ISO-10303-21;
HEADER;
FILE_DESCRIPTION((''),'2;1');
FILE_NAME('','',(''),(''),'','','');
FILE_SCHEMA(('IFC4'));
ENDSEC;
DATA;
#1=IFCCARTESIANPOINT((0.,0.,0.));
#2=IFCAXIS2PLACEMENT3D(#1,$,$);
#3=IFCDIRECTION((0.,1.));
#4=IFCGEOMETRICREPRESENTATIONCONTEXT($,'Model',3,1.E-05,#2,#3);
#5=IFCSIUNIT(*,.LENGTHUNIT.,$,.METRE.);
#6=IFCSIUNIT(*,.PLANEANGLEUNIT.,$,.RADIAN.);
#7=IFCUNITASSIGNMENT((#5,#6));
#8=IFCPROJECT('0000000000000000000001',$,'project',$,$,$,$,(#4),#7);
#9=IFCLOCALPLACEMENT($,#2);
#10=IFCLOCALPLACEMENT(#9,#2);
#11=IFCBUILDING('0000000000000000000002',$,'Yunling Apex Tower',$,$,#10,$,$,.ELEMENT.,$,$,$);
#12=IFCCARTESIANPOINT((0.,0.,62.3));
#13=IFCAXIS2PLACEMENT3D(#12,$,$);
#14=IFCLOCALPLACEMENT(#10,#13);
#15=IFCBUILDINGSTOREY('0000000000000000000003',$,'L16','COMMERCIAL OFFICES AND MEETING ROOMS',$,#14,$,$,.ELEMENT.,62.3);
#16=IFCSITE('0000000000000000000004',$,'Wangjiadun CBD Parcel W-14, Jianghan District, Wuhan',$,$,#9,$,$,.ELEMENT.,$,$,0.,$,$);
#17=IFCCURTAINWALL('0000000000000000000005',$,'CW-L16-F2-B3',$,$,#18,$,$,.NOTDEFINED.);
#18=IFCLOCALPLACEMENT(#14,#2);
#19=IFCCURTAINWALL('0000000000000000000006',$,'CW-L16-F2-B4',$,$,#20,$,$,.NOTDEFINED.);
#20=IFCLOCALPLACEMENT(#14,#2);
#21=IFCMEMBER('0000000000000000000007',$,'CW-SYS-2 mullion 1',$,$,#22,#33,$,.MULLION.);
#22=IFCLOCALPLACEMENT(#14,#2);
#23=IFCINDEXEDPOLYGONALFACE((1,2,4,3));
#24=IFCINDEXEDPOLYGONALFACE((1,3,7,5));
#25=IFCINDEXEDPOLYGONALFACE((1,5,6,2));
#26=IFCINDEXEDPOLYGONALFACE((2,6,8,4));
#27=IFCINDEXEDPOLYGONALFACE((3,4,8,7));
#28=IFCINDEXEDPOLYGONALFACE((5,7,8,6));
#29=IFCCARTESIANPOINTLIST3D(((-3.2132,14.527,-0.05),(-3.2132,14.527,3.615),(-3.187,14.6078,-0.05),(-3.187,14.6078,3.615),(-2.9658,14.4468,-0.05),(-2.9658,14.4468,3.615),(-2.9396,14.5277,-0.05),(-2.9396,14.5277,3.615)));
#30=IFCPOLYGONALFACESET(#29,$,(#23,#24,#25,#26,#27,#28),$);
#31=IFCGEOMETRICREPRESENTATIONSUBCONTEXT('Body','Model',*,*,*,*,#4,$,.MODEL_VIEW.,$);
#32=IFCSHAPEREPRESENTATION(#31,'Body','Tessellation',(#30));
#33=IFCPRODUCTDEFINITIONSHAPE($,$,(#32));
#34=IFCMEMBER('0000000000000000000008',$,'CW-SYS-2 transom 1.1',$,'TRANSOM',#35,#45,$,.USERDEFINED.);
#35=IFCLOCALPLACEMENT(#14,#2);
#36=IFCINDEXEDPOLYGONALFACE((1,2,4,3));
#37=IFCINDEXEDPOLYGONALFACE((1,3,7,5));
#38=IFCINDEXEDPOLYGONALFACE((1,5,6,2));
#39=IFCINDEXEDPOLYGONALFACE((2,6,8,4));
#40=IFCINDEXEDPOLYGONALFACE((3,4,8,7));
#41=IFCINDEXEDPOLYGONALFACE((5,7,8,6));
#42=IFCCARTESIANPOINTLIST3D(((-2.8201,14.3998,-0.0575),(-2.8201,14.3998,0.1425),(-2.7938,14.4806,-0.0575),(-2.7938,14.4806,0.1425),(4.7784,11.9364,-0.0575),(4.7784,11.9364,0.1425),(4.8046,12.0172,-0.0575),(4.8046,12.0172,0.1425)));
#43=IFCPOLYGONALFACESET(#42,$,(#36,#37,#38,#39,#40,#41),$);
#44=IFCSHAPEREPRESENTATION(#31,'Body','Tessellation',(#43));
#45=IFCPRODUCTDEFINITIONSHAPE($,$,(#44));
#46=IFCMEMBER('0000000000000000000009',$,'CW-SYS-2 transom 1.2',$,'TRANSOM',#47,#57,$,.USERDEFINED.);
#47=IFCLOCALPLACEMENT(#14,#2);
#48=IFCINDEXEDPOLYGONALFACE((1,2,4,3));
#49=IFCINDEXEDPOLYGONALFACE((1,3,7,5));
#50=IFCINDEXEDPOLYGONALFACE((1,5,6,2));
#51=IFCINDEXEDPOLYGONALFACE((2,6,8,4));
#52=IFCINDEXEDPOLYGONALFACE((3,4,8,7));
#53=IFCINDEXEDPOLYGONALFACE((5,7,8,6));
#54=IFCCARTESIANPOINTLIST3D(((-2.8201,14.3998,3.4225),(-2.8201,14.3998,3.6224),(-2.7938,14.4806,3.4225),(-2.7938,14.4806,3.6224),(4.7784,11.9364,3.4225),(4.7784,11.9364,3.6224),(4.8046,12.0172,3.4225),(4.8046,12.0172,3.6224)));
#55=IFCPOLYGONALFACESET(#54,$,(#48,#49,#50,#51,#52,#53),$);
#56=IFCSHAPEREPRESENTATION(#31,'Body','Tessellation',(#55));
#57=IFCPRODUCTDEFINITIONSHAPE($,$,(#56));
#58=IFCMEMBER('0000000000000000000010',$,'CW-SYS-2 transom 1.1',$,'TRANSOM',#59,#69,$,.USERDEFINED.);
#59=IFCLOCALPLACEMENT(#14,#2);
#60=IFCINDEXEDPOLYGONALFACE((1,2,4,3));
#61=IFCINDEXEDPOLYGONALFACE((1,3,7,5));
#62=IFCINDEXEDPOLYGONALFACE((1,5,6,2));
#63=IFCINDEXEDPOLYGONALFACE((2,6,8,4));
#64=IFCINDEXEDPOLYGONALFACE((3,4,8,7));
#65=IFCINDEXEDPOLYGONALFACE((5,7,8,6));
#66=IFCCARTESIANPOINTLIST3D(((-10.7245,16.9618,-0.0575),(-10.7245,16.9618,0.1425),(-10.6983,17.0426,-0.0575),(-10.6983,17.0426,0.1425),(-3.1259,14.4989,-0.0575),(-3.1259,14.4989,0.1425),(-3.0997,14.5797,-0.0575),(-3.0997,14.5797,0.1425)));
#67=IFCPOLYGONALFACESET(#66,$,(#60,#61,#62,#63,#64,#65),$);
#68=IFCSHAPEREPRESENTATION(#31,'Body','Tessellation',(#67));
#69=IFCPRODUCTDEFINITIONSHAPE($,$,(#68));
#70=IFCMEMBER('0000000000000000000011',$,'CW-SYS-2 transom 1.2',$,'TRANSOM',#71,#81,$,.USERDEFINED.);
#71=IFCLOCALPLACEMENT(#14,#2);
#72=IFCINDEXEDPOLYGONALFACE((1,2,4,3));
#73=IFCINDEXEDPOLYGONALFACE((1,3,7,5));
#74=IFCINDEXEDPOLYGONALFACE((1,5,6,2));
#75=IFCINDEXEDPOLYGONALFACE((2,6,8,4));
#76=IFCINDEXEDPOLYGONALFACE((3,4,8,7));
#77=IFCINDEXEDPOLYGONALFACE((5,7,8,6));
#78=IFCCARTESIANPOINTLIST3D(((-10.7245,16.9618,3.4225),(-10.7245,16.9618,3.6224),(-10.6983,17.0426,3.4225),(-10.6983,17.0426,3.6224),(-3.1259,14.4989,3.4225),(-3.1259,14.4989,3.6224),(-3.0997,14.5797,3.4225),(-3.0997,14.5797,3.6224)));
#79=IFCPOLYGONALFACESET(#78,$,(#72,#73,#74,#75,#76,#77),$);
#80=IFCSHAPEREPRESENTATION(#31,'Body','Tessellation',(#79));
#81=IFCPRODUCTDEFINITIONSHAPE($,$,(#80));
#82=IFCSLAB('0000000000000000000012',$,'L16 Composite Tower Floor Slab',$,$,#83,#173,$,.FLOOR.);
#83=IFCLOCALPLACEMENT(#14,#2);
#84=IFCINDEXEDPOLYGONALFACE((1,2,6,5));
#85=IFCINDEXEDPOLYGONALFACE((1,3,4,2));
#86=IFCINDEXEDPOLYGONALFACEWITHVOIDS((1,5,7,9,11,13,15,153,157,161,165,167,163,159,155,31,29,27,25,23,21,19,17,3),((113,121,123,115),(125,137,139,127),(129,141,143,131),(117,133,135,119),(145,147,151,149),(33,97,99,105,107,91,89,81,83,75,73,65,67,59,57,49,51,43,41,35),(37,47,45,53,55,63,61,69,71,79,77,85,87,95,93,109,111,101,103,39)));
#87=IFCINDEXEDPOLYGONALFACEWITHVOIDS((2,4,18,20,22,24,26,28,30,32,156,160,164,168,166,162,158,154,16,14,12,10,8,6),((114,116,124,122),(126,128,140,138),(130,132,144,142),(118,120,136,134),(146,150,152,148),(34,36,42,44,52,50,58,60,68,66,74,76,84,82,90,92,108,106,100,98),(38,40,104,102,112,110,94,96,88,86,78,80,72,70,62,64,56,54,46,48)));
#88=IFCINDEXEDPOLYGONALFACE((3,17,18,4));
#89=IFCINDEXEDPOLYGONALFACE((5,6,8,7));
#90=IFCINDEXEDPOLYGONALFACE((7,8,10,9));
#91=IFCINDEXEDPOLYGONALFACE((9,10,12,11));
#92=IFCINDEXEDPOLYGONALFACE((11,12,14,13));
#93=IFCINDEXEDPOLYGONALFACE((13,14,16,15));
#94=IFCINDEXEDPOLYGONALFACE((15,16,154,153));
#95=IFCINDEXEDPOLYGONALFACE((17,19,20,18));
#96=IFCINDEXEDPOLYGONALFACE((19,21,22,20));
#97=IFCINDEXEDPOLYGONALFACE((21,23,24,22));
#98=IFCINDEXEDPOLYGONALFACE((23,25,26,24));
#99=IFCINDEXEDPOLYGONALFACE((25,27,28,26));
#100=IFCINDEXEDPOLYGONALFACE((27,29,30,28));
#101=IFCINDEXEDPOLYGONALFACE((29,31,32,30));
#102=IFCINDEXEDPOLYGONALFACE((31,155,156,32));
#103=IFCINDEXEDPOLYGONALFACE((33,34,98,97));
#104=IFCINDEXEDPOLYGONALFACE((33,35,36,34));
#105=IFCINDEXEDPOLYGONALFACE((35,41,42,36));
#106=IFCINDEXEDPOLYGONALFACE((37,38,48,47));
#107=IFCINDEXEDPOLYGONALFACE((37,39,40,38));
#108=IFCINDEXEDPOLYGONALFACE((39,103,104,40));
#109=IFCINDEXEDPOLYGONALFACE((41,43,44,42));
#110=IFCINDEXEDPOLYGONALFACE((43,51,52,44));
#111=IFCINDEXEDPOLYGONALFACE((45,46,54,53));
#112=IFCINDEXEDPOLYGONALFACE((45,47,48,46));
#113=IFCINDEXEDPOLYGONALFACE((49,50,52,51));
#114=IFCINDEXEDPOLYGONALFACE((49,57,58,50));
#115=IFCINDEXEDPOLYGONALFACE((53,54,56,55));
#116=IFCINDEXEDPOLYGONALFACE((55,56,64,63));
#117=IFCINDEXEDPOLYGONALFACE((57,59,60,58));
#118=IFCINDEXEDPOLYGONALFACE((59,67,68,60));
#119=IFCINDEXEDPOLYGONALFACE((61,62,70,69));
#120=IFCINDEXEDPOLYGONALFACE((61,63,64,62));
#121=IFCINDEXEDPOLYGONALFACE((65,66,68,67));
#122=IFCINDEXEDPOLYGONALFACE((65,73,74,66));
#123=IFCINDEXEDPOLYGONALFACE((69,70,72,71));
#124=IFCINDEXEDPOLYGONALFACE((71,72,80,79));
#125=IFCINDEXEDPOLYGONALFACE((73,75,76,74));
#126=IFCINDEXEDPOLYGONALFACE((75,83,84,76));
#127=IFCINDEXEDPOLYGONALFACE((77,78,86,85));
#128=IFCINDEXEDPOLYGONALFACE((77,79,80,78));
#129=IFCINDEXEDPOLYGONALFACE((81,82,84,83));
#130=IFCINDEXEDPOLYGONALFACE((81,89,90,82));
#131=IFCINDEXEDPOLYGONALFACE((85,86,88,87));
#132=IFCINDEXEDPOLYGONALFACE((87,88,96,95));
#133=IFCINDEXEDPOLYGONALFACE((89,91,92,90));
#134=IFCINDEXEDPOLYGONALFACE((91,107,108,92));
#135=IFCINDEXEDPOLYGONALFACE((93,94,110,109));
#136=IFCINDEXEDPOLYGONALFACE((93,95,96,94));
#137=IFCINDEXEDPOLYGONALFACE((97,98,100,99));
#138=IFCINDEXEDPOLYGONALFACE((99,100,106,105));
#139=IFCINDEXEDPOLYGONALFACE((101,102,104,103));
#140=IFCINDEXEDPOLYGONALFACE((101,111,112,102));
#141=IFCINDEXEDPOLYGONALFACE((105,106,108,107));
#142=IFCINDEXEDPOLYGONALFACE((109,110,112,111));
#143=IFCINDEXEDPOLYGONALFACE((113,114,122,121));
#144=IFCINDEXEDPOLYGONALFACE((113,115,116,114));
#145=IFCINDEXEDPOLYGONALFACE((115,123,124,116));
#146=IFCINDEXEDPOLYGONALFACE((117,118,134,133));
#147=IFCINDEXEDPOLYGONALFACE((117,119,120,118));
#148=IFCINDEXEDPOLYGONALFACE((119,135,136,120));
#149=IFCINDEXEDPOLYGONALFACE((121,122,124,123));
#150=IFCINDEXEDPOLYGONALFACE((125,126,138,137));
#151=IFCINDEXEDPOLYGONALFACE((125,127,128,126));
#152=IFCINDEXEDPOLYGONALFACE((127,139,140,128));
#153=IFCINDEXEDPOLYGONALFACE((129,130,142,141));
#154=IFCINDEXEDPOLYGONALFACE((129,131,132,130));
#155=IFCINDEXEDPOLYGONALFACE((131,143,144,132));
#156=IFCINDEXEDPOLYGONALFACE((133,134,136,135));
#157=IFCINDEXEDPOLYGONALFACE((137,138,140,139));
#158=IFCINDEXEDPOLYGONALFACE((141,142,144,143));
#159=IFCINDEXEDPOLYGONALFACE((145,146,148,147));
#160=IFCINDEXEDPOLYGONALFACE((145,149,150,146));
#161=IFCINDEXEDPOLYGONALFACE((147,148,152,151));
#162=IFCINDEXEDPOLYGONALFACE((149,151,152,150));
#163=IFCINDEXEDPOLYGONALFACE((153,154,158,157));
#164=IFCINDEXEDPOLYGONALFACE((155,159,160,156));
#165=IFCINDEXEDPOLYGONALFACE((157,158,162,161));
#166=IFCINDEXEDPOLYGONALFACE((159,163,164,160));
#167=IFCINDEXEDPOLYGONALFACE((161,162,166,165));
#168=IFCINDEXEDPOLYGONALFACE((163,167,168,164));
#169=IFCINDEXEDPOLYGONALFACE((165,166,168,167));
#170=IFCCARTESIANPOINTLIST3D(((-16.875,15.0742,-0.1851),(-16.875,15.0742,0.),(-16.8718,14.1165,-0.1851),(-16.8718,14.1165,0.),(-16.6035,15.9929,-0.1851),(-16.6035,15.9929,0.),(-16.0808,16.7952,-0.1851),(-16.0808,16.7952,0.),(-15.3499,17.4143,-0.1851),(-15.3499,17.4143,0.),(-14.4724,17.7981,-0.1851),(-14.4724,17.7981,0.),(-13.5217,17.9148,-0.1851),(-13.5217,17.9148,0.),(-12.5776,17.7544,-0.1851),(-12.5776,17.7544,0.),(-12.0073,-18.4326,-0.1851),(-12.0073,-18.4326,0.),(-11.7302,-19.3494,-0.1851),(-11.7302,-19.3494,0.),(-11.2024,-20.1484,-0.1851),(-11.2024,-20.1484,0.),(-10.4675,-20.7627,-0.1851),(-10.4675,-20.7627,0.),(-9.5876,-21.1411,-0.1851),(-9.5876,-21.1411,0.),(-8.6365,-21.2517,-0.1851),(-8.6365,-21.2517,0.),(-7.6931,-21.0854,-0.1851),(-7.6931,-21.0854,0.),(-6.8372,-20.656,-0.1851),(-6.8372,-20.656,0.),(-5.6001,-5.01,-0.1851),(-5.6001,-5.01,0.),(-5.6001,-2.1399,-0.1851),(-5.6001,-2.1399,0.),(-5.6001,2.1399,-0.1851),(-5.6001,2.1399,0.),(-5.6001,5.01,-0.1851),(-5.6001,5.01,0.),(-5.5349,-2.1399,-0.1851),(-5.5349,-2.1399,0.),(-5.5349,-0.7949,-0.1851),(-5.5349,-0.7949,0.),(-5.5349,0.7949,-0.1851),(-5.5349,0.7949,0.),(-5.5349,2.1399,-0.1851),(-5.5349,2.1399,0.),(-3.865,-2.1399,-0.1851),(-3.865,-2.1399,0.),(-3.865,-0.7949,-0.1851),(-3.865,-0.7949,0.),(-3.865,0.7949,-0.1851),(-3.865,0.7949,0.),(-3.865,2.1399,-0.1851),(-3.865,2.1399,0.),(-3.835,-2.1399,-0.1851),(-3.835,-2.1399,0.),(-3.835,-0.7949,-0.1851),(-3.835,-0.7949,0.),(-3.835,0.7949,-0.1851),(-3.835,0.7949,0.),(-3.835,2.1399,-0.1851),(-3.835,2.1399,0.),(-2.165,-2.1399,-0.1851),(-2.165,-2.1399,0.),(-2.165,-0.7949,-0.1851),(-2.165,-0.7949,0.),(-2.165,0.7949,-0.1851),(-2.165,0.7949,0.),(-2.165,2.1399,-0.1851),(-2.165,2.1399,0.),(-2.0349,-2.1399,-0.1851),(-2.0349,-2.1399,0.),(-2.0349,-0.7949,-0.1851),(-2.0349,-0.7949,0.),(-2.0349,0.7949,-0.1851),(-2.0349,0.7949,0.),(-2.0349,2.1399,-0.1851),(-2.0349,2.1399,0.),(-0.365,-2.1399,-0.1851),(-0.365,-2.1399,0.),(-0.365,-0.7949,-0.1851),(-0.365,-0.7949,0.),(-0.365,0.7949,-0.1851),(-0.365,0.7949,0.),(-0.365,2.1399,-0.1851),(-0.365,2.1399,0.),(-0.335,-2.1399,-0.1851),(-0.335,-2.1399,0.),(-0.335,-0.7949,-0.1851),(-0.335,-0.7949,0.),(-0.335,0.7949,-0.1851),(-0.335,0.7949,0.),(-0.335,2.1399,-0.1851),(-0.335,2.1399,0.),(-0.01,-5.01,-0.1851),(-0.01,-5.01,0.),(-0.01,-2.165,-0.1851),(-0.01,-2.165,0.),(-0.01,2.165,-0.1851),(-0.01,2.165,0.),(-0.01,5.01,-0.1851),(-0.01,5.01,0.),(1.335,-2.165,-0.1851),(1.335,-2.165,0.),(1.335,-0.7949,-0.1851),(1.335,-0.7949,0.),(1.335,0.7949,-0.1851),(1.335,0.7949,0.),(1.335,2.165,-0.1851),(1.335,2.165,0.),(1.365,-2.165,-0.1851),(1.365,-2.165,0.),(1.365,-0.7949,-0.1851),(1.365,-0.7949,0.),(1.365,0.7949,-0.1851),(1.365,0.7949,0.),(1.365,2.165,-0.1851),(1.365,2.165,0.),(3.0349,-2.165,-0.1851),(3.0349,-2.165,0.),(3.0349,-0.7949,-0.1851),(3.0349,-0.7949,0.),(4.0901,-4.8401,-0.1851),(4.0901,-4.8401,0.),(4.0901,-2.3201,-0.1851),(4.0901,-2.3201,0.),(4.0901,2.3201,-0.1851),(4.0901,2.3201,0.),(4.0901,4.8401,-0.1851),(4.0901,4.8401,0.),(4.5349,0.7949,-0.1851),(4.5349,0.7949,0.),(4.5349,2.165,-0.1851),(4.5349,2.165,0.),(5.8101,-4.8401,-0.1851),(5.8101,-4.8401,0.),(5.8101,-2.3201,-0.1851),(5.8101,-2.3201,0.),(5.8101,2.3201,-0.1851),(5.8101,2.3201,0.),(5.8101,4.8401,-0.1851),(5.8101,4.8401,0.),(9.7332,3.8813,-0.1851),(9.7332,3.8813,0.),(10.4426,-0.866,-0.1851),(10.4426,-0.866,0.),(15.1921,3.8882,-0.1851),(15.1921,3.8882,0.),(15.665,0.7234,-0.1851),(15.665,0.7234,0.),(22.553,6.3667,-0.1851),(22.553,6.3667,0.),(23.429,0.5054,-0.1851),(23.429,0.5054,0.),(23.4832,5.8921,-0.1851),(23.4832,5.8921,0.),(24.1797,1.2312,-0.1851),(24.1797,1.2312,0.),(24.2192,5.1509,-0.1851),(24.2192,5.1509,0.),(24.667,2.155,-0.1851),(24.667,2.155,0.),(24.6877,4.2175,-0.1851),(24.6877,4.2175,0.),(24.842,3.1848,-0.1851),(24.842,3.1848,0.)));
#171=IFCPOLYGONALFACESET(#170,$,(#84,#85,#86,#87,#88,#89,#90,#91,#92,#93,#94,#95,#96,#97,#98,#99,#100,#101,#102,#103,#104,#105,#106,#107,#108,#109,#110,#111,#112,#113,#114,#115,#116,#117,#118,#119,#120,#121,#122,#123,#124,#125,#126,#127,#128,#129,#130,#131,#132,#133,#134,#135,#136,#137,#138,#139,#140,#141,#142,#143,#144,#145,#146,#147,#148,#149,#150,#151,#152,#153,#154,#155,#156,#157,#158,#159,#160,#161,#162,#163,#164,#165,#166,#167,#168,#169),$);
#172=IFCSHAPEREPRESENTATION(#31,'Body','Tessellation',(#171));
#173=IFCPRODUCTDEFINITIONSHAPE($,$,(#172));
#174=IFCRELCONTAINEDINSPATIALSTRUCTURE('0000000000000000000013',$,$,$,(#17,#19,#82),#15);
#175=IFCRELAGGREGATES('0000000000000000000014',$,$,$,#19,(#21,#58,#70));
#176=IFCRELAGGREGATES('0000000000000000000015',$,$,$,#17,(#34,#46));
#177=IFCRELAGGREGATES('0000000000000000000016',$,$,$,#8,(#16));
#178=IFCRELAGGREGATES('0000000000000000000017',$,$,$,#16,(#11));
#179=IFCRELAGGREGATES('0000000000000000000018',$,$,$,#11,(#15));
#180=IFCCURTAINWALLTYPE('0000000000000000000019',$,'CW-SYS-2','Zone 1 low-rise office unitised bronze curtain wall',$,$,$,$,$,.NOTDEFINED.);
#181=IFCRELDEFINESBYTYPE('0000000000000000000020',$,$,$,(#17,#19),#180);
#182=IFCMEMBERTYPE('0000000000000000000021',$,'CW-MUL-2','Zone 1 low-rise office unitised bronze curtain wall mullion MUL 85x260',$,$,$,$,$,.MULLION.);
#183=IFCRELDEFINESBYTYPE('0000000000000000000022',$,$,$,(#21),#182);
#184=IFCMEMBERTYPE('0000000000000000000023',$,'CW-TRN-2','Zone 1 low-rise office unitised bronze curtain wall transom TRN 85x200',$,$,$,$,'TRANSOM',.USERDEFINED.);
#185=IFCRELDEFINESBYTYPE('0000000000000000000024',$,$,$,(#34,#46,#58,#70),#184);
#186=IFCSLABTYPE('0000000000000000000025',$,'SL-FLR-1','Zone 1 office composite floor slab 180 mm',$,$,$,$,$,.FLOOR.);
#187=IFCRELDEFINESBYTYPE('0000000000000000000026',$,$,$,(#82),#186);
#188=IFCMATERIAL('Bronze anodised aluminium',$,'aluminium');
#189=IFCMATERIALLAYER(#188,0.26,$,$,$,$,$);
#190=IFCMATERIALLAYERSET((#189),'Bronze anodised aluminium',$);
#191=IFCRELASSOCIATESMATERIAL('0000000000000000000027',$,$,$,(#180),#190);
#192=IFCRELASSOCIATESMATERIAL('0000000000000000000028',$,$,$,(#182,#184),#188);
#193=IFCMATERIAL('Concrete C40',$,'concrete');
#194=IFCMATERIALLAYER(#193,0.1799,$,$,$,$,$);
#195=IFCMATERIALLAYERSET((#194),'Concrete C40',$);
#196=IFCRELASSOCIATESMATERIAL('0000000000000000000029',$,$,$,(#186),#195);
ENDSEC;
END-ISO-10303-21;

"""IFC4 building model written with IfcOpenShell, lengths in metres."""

from ifc_helpers import new_model, si_unit, direction, frame, origin, origin_2d, place, context, subcontext, project, spatial, polyline, rectangle, outline, extrude, source, transform, mapped, material, layer, layer_set, material_profile, profile_set, type_object, element, aggregate, save


model = new_model("IFC4")

# Units and contexts
model_context = context("Model", 3, precision=1e-05, world=origin(), true_north=direction((0.0, 1.0)))
body_context = subcontext(model_context, "Body", "Model", "MODEL_VIEW")
ifc_project = project(units=[si_unit("LENGTHUNIT", "METRE"), si_unit("PLANEANGLEUNIT", "RADIAN")], contexts=[model_context])

# Site, building, storey
site_placement = place(None, origin())
site = spatial("IfcSite", under=ifc_project, at=site_placement, Name="Wangjiadun CBD Parcel W-14, Jianghan District, Wuhan", CompositionType="ELEMENT", RefElevation=0.0)
building_placement = place(site_placement, origin())
building = spatial("IfcBuilding", under=site, at=building_placement, Name="Yunling Apex Tower", CompositionType="ELEMENT")
storey_placement = place(building_placement, frame((0.0, 0.0, 62.3)))
storey = spatial("IfcBuildingStorey", under=building, at=storey_placement, Name="L16", Description="COMMERCIAL OFFICES AND MEETING ROOMS", CompositionType="ELEMENT", Elevation=62.3)

# Shared definitions
ifc_material_1 = material(Name="Bronze anodised aluminium", Category="aluminium")
ifc_layer_1 = layer(ifc_material_1, 0.26)
ifc_layer_set_1 = layer_set([ifc_layer_1], Name="Bronze anodised aluminium")
curtain_wall_type = type_object("IfcCurtainWallType", Name="CW-SYS-2", Description="Zone 1 low-rise office unitised bronze curtain wall", PredefinedType="NOTDEFINED", material=ifc_layer_set_1)
ifc_material_profile_1 = material_profile(ifc_material_1, rectangle(XDim=0.085, YDim=0.26, at=origin_2d()))
ifc_profile_set_1 = profile_set([ifc_material_profile_1], Name="Bronze anodised aluminium")
member_type_1 = type_object("IfcMemberType", Name="CW-MUL-2", Description="Zone 1 low-rise office unitised bronze curtain wall mullion MUL 85x260", PredefinedType="MULLION", material=ifc_profile_set_1)
shared_shape_1 = source(origin(), body_context, "Body", "SweptSolid", [
    extrude(rectangle(XDim=0.085, YDim=0.26, at=origin_2d()), origin(), (0.0, 0.0, 1.0), 3.665),
])

# Curtain wall
curtain_wall_1_placement = place(storey_placement, origin())
curtain_wall_1 = element("IfcCurtainWall", 1, at=curtain_wall_1_placement, inside=storey, type_object=curtain_wall_type, Name="CW-L16-F2-B3", PredefinedType="NOTDEFINED")

# Curtain wall, member
curtain_wall_2_placement = place(storey_placement, origin())
curtain_wall_2 = element("IfcCurtainWall", 2, at=curtain_wall_2_placement, inside=storey, type_object=curtain_wall_type, Name="CW-L16-F2-B4", PredefinedType="NOTDEFINED")
member_1_placement = place(storey_placement, frame((-3.0764, 14.5273, -0.05), z_axis=(0.0, 0.0, 1.0), x_axis=(-0.308357, -0.951271, 0.0)))
member_1 = element("IfcMember", 3, at=member_1_placement, type_object=member_type_1, Name="CW-SYS-2 mullion 1", PredefinedType="MULLION", context=body_context, shape_type="MappedRepresentation", body=[
    mapped(shared_shape_1, transform((0.0, 0.0, 0.0), scale=1.0)),
])

# Members
ifc_material_profile_2 = material_profile(ifc_material_1, rectangle(XDim=0.085, YDim=0.2, at=origin_2d()))
ifc_profile_set_2 = profile_set([ifc_material_profile_2], Name="Bronze anodised aluminium")
member_type_2 = type_object("IfcMemberType", Name="CW-TRN-2", Description="Zone 1 low-rise office unitised bronze curtain wall transom TRN 85x200", ElementType="TRANSOM", PredefinedType="USERDEFINED", material=ifc_profile_set_2)
shared_shape_2 = source(origin(), body_context, "Body", "SweptSolid", [
    extrude(rectangle(XDim=0.085, YDim=0.2, at=origin_2d()), origin(), (0.0, 0.0, 1.0), 7.9878),
])
member_2_placement = place(storey_placement, frame((4.7915, 11.9768, 0.0425), z_axis=(-0.951258, 0.308396, 0.0), x_axis=(-0.308396, -0.951258, 0.0)))
member_2 = element("IfcMember", 4, at=member_2_placement, type_object=member_type_2, Name="CW-SYS-2 transom 1.1", ObjectType="TRANSOM", PredefinedType="USERDEFINED", context=body_context, shape_type="MappedRepresentation", body=[
    mapped(shared_shape_2, transform((0.0, 0.0, 0.0), scale=1.0)),
])
member_3_placement = place(storey_placement, frame((4.7915, 11.9768, 3.5225), z_axis=(-0.951258, 0.308396, 0.0), x_axis=(-0.308396, -0.951258, 0.0)))
member_3 = element("IfcMember", 5, at=member_3_placement, type_object=member_type_2, Name="CW-SYS-2 transom 1.2", ObjectType="TRANSOM", PredefinedType="USERDEFINED", context=body_context, shape_type="MappedRepresentation", body=[
    mapped(shared_shape_2, transform((0.0, 0.0, 0.0), scale=1.0)),
])
member_4_placement = place(storey_placement, frame((-3.1128, 14.5393, 0.0425), z_axis=(-0.951279, 0.308331, 0.0), x_axis=(-0.308331, -0.951279, 0.0)))
member_4 = element("IfcMember", 6, at=member_4_placement, type_object=member_type_2, Name="CW-SYS-2 transom 1.1", ObjectType="TRANSOM", PredefinedType="USERDEFINED", context=body_context, shape_type="MappedRepresentation", body=[
    mapped(shared_shape_2, transform((0.0, 0.0, 0.0), scale=1.0)),
])
member_5_placement = place(storey_placement, frame((-3.1128, 14.5393, 3.5225), z_axis=(-0.951279, 0.308331, 0.0), x_axis=(-0.308331, -0.951279, 0.0)))
member_5 = element("IfcMember", 7, at=member_5_placement, type_object=member_type_2, Name="CW-SYS-2 transom 1.2", ObjectType="TRANSOM", PredefinedType="USERDEFINED", context=body_context, shape_type="MappedRepresentation", body=[
    mapped(shared_shape_2, transform((0.0, 0.0, 0.0), scale=1.0)),
])
aggregate(curtain_wall_2, [member_1, member_4, member_5])

# Slab
ifc_material_2 = material(Name="Concrete C40", Category="concrete")
ifc_layer_2 = layer(ifc_material_2, 0.1799)
ifc_layer_set_2 = layer_set([ifc_layer_2], Name="Concrete C40")
slab_type_1 = type_object("IfcSlabType", Name="SL-FLR-1", Description="Zone 1 office composite floor slab 180 mm", PredefinedType="FLOOR", material=ifc_layer_set_2)
slab_1_placement = place(storey_placement, frame((0.0, 0.0, -0.1851)))
element("IfcSlab", 8, at=slab_1_placement, inside=storey, type_object=slab_type_1, Name="L16 Composite Tower Floor Slab", PredefinedType="FLOOR", context=body_context, shape_type="SweptSolid", body=[
    extrude(outline(polyline([(-12.0073, -18.4326), (-11.7302, -19.3494), (-11.2024, -20.1484), (-10.4675, -20.7627), (-9.5876, -21.1411), (-8.6365, -21.2517), (-7.6931, -21.0854), (-6.8372, -20.656), (23.429, 0.5054), (24.1797, 1.2312), (24.667, 2.155), (24.842, 3.1848), (24.6877, 4.2175), (24.2192, 5.1509), (23.4832, 5.8921), (22.553, 6.3667), (-12.5776, 17.7544), (-13.5217, 17.9148), (-14.4724, 17.7981), (-15.3499, 17.4143), (-16.0808, 16.7952), (-16.6035, 15.9929), (-16.875, 15.0742), (-16.8718, 14.1165), (-12.0073, -18.4326)]), holes=[polyline([(15.1921, 3.8882), (15.665, 0.7234), (10.4426, -0.866), (9.7332, 3.8813), (15.1921, 3.8882)]), polyline([(5.8101, -2.3201), (5.8101, -4.8401), (4.0901, -4.8401), (4.0901, -2.3201), (5.8101, -2.3201)]), polyline([(5.8101, 4.8401), (5.8101, 2.3201), (4.0901, 2.3201), (4.0901, 4.8401), (5.8101, 4.8401)]), polyline([(4.5349, 0.7949), (1.365, 0.7949), (1.365, 2.165), (4.5349, 2.165), (4.5349, 0.7949)]), polyline([(3.0349, -0.7949), (3.0349, -2.165), (1.365, -2.165), (1.365, -0.7949), (3.0349, -0.7949)]), polyline([(-3.865, -0.7949), (-3.865, -2.1399), (-3.835, -2.1399), (-3.835, -0.7949), (-2.165, -0.7949), (-2.165, -2.1399), (-2.0349, -2.1399), (-2.0349, -0.7949), (-0.365, -0.7949), (-0.365, -2.1399), (-0.335, -2.1399), (-0.335, -0.7949), (1.335, -0.7949), (1.335, -2.165), (-0.01, -2.165), (-0.01, -5.01), (-5.6001, -5.01), (-5.6001, -2.1399), (-5.5349, -2.1399), (-5.5349, -0.7949), (-3.865, -0.7949)]), polyline([(-5.6001, 2.1399), (-5.6001, 5.01), (-0.01, 5.01), (-0.01, 2.165), (1.335, 2.165), (1.335, 0.7949), (-0.335, 0.7949), (-0.335, 2.1399), (-0.365, 2.1399), (-0.365, 0.7949), (-2.0349, 0.7949), (-2.0349, 2.1399), (-2.165, 2.1399), (-2.165, 0.7949), (-3.835, 0.7949), (-3.835, 2.1399), (-3.865, 2.1399), (-3.865, 0.7949), (-5.5349, 0.7949), (-5.5349, 2.1399), (-5.6001, 2.1399)])]), origin(), (0.0, 0.0, 1.0), 0.1851),
])

aggregate(curtain_wall_1, [member_2, member_3])

save(model, "model.ifc")
